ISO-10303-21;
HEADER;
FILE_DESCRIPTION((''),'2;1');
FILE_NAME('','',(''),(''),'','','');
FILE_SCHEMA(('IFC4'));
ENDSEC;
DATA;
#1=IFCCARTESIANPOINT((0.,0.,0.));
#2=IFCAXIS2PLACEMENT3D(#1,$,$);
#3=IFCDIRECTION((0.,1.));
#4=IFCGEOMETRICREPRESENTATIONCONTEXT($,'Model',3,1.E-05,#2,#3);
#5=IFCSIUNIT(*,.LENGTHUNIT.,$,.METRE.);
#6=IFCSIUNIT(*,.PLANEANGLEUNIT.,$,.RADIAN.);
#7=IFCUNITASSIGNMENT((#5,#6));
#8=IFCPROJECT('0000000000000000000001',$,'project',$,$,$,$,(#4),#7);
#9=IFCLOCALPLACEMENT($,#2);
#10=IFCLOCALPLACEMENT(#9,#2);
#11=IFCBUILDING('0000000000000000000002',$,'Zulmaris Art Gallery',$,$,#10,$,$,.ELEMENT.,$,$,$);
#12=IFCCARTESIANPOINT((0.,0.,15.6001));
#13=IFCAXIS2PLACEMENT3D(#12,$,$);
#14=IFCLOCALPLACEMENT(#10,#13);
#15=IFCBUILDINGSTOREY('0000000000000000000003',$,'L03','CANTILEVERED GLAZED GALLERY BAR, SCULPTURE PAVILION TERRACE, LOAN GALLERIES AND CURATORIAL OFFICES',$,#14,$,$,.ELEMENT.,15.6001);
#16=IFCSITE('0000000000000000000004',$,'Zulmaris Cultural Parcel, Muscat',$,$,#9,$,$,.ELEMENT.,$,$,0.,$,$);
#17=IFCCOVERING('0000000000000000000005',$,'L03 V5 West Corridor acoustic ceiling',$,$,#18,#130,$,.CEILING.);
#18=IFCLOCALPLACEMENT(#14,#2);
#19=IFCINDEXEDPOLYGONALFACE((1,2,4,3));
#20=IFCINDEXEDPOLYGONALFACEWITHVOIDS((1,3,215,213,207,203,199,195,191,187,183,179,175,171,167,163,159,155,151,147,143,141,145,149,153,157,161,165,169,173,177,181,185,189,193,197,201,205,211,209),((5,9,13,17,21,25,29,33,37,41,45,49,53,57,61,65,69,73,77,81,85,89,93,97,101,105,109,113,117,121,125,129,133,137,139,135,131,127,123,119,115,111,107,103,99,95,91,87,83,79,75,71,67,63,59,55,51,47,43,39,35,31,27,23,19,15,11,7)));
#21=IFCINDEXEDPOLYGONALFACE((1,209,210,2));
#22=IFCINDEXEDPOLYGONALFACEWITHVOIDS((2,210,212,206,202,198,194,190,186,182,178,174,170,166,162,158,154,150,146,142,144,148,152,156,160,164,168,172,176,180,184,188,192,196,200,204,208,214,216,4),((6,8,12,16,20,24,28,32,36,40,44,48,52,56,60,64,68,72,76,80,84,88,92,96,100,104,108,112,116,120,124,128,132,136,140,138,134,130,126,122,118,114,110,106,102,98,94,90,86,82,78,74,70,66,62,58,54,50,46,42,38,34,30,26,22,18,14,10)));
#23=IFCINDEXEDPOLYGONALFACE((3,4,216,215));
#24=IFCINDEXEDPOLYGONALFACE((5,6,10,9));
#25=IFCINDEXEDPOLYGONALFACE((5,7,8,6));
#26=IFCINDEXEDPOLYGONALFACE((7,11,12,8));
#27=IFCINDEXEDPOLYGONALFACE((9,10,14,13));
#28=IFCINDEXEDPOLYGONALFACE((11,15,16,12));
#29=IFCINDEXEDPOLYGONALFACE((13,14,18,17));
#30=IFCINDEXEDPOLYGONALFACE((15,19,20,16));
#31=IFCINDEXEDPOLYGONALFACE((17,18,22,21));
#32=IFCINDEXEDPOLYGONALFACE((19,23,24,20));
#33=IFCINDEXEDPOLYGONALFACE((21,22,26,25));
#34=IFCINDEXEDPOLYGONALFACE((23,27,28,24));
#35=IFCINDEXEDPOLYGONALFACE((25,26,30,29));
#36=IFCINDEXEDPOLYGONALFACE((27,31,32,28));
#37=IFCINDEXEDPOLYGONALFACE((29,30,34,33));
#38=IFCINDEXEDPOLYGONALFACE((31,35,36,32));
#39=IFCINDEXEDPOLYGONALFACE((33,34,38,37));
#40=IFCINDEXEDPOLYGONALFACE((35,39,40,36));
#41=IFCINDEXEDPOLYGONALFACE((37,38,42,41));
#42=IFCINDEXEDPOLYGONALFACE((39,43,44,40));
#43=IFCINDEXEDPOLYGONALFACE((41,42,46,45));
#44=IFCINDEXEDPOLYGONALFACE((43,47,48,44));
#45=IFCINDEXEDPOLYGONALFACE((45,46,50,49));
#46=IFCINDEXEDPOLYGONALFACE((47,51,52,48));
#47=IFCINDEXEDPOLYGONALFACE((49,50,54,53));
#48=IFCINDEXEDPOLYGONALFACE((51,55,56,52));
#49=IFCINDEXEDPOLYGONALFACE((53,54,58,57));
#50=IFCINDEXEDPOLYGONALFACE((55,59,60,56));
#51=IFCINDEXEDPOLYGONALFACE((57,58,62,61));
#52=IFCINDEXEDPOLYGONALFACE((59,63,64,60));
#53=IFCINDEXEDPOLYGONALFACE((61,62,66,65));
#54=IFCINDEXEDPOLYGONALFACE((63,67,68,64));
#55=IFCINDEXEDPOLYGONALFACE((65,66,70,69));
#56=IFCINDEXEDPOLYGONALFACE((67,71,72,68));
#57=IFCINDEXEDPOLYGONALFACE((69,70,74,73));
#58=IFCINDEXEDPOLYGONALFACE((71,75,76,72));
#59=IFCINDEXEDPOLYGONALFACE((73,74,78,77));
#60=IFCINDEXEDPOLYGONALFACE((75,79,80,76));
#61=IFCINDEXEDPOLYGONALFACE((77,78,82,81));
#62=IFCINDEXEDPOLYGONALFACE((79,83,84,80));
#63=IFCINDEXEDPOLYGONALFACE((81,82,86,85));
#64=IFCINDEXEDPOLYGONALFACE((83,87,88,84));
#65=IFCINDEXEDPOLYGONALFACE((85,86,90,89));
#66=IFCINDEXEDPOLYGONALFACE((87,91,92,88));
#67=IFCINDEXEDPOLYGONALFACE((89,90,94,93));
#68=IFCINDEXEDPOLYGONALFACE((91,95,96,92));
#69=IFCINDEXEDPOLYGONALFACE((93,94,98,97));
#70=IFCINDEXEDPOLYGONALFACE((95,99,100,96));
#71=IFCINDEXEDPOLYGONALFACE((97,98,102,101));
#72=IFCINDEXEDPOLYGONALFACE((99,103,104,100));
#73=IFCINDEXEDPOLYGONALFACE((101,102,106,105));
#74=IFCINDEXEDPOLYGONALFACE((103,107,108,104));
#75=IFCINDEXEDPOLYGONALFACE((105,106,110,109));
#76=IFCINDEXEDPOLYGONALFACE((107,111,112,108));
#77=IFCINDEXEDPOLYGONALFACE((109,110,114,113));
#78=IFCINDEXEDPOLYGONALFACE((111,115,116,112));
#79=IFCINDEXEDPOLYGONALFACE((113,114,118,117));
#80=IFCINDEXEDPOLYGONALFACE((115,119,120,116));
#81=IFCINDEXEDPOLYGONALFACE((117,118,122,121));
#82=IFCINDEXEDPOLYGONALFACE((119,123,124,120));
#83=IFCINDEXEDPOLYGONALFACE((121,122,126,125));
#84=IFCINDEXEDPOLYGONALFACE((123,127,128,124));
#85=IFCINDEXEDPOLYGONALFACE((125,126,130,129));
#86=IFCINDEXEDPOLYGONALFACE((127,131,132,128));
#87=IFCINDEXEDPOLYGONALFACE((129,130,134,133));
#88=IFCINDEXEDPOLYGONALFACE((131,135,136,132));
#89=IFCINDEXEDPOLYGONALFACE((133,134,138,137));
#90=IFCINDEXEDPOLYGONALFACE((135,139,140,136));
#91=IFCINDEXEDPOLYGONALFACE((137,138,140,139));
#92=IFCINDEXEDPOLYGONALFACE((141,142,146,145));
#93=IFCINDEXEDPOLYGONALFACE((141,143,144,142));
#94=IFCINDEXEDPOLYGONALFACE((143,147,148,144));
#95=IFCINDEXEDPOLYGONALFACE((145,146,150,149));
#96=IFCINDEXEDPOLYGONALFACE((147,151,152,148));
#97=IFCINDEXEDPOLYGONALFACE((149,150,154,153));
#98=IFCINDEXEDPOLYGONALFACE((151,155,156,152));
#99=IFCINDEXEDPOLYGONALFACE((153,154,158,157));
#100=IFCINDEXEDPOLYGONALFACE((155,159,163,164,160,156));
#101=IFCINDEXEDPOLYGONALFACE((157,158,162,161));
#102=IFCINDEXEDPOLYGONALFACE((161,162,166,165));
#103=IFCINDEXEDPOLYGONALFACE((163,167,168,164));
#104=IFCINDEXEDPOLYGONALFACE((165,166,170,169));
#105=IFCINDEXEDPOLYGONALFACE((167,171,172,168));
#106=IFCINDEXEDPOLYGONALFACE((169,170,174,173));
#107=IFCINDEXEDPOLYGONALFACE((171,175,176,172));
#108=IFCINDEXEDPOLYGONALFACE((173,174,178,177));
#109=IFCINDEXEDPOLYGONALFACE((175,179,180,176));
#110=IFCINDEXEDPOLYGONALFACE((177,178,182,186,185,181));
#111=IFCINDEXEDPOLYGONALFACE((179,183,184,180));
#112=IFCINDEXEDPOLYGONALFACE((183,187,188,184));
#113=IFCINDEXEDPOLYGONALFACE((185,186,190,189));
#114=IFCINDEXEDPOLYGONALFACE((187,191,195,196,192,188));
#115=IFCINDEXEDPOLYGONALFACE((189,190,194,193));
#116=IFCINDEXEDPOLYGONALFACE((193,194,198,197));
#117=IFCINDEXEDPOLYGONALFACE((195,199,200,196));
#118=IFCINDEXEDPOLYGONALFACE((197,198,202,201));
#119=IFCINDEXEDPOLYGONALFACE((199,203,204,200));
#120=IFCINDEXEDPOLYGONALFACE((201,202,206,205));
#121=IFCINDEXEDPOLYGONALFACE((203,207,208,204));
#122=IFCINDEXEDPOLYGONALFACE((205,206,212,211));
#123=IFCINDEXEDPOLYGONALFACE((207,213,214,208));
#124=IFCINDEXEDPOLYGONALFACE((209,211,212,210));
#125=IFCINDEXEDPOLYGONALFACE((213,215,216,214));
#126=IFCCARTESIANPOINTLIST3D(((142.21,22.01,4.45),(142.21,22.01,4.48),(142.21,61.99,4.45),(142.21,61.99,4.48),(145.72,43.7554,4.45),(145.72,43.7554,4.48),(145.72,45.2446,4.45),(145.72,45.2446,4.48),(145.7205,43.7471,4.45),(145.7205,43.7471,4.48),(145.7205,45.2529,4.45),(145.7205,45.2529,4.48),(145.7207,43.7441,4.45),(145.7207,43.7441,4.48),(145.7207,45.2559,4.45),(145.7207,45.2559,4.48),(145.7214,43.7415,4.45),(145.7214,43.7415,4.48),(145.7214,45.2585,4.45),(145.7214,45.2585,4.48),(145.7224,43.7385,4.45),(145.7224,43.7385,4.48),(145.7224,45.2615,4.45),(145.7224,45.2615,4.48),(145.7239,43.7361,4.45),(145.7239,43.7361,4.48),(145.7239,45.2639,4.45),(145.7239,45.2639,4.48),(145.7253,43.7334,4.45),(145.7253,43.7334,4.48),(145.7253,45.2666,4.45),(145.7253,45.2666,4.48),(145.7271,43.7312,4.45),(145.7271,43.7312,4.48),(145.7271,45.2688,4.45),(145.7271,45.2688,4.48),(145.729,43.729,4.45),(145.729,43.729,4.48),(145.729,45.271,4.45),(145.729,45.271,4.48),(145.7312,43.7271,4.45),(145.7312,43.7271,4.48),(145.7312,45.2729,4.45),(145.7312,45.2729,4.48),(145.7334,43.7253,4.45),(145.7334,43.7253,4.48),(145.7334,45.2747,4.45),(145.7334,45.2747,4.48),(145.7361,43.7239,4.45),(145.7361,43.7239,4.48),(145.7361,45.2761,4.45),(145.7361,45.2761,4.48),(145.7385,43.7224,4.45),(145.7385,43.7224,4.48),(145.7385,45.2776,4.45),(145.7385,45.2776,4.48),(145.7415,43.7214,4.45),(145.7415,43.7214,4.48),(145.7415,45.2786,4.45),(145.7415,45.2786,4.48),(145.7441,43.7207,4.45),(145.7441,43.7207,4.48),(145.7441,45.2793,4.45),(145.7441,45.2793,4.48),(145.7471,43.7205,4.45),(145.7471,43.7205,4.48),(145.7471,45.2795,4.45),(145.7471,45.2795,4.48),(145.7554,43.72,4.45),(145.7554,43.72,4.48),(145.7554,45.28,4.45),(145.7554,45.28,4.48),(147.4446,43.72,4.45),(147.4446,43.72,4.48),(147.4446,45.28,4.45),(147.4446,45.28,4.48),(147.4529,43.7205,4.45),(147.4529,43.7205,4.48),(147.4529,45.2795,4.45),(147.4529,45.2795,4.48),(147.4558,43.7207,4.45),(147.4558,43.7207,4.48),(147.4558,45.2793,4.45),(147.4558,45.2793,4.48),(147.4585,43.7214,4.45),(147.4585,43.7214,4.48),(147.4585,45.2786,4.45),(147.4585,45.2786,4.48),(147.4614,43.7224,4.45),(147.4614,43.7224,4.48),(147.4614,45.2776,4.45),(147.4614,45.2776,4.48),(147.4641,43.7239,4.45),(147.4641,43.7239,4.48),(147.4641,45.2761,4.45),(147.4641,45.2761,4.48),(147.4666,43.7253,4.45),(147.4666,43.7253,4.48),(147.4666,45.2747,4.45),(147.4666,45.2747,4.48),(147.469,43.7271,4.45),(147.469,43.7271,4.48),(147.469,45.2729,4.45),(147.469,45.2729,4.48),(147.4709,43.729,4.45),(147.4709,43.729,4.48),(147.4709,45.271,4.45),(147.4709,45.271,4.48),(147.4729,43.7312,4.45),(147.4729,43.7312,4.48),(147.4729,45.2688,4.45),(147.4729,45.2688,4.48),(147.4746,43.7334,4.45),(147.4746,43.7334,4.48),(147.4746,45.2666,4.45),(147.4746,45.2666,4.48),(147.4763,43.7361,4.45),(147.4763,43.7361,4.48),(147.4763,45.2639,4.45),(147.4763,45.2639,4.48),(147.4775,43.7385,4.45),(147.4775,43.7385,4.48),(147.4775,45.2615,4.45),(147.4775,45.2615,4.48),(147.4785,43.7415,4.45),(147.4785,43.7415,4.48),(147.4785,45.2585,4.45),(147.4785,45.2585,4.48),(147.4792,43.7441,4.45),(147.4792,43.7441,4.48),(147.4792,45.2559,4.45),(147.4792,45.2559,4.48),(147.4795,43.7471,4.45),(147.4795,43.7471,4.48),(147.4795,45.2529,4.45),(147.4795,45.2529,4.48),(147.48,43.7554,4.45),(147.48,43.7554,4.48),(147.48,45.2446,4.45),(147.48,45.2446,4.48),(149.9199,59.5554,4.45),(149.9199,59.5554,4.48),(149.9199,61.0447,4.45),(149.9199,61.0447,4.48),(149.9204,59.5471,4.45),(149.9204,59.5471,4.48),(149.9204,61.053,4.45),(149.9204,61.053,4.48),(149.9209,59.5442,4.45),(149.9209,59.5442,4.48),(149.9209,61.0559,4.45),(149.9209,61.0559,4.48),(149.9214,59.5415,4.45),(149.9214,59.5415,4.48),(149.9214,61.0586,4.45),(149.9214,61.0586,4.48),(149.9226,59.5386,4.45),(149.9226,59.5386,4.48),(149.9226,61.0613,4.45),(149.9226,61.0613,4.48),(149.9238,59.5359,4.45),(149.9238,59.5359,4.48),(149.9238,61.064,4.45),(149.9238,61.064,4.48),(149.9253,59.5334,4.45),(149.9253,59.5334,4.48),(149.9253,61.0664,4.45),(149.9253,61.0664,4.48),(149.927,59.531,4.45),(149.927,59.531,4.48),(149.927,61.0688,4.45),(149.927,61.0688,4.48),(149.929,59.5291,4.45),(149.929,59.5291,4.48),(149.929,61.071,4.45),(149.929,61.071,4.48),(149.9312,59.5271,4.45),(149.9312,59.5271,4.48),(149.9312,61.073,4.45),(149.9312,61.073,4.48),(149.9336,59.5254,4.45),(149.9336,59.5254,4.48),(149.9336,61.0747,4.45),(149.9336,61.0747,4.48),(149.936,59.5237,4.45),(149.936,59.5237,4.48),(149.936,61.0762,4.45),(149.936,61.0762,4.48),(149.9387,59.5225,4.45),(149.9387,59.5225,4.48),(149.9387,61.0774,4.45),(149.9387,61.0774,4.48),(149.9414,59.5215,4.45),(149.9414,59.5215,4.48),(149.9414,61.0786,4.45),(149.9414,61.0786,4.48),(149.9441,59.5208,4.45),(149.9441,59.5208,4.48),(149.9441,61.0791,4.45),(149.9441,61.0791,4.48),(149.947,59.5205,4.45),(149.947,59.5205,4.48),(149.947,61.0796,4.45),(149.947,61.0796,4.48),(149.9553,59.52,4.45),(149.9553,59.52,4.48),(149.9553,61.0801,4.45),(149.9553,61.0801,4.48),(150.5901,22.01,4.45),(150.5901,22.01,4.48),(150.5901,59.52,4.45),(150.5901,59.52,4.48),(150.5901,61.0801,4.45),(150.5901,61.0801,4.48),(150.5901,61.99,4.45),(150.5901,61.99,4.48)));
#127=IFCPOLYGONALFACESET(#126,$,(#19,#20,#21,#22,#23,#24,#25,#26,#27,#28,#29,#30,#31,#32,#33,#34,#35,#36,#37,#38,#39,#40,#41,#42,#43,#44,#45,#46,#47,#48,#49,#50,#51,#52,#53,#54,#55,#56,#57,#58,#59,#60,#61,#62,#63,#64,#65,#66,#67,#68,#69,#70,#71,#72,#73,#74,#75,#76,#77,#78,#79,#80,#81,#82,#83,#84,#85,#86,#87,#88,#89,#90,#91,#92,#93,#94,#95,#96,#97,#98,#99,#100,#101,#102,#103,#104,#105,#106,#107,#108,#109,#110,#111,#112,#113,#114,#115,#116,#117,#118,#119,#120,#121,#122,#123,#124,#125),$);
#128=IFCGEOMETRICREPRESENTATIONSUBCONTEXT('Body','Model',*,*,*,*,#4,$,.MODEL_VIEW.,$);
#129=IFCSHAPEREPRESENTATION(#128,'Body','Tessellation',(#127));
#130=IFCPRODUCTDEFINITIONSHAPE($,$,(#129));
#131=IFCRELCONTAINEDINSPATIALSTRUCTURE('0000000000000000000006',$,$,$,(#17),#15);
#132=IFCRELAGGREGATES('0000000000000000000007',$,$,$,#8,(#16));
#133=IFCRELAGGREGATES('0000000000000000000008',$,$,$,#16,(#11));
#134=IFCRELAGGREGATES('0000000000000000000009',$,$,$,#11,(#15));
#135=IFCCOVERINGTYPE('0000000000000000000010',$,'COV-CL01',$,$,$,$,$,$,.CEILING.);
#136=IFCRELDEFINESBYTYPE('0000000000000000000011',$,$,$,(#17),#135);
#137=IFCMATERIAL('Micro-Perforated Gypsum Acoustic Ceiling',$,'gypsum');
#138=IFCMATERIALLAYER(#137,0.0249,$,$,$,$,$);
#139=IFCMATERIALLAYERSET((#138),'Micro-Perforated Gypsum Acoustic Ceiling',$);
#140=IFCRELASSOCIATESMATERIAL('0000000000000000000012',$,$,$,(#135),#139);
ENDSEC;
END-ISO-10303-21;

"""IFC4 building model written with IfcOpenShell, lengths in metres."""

from ifc_helpers import new_model, si_unit, direction, frame, origin, place, context, subcontext, project, spatial, polyline, outline, extrude, material, layer, layer_set, type_object, element, save


model = new_model("IFC4")

# Units and contexts
model_context = context("Model", 3, precision=1e-05, world=origin(), true_north=direction((0.0, 1.0)))
body_context = subcontext(model_context, "Body", "Model", "MODEL_VIEW")
ifc_project = project(units=[si_unit("LENGTHUNIT", "METRE"), si_unit("PLANEANGLEUNIT", "RADIAN")], contexts=[model_context])

# Site, building, storey
site_placement = place(None, origin())
site = spatial("IfcSite", under=ifc_project, at=site_placement, Name="Zulmaris Cultural Parcel, Muscat", CompositionType="ELEMENT", RefElevation=0.0)
building_placement = place(site_placement, origin())
building = spatial("IfcBuilding", under=site, at=building_placement, Name="Zulmaris Art Gallery", CompositionType="ELEMENT")
storey_placement = place(building_placement, frame((0.0, 0.0, 15.6001)))
storey = spatial("IfcBuildingStorey", under=building, at=storey_placement, Name="L03", Description="CANTILEVERED GLAZED GALLERY BAR, SCULPTURE PAVILION TERRACE, LOAN GALLERIES AND CURATORIAL OFFICES", CompositionType="ELEMENT", Elevation=15.6001)

# Covering
ifc_material_1 = material(Name="Micro-Perforated Gypsum Acoustic Ceiling", Category="gypsum")
ifc_layer_1 = layer(ifc_material_1, 0.0249)
ifc_layer_set_1 = layer_set([ifc_layer_1], Name="Micro-Perforated Gypsum Acoustic Ceiling")
covering_type_1 = type_object("IfcCoveringType", Name="COV-CL01", PredefinedType="CEILING", material=ifc_layer_set_1)
covering_1_placement = place(storey_placement, frame((0.0, 0.0, 4.45)))
element("IfcCovering", 1, at=covering_1_placement, inside=storey, type_object=covering_type_1, Name="L03 V5 West Corridor acoustic ceiling", PredefinedType="CEILING", context=body_context, shape_type="SweptSolid", body=[
    extrude(outline(polyline([(149.9553, 61.0801), (149.947, 61.0796), (149.9441, 61.0791), (149.9414, 61.0786), (149.9387, 61.0774), (149.936, 61.0762), (149.9336, 61.0747), (149.9312, 61.073), (149.929, 61.071), (149.927, 61.0688), (149.9253, 61.0664), (149.9238, 61.064), (149.9226, 61.0613), (149.9214, 61.0586), (149.9209, 61.0559), (149.9204, 61.053), (149.9199, 61.0447), (149.9199, 59.5554), (149.9204, 59.5471), (149.9209, 59.5442), (149.9214, 59.5415), (149.9226, 59.5386), (149.9238, 59.5359), (149.9253, 59.5334), (149.927, 59.531), (149.929, 59.5291), (149.9312, 59.5271), (149.9336, 59.5254), (149.936, 59.5237), (149.9387, 59.5225), (149.9414, 59.5215), (149.9441, 59.5208), (149.947, 59.5205), (149.9553, 59.52), (150.5901, 59.52), (150.5901, 22.01), (142.21, 22.01), (142.21, 61.99), (150.5901, 61.99), (150.5901, 61.0801), (149.9553, 61.0801)]), holes=[polyline([(145.7214, 43.7415), (145.7224, 43.7385), (145.7239, 43.7361), (145.7253, 43.7334), (145.7271, 43.7312), (145.729, 43.729), (145.7312, 43.7271), (145.7334, 43.7253), (145.7361, 43.7239), (145.7385, 43.7224), (145.7415, 43.7214), (145.7441, 43.7207), (145.7471, 43.7205), (145.7554, 43.72), (147.4446, 43.72), (147.4529, 43.7205), (147.4558, 43.7207), (147.4585, 43.7214), (147.4614, 43.7224), (147.4641, 43.7239), (147.4666, 43.7253), (147.469, 43.7271), (147.4709, 43.729), (147.4729, 43.7312), (147.4746, 43.7334), (147.4763, 43.7361), (147.4775, 43.7385), (147.4785, 43.7415), (147.4792, 43.7441), (147.4795, 43.7471), (147.48, 43.7554), (147.48, 45.2446), (147.4795, 45.2529), (147.4792, 45.2559), (147.4785, 45.2585), (147.4775, 45.2615), (147.4763, 45.2639), (147.4746, 45.2666), (147.4729, 45.2688), (147.4709, 45.271), (147.469, 45.2729), (147.4666, 45.2747), (147.4641, 45.2761), (147.4614, 45.2776), (147.4585, 45.2786), (147.4558, 45.2793), (147.4529, 45.2795), (147.4446, 45.28), (145.7554, 45.28), (145.7471, 45.2795), (145.7441, 45.2793), (145.7415, 45.2786), (145.7385, 45.2776), (145.7361, 45.2761), (145.7334, 45.2747), (145.7312, 45.2729), (145.729, 45.271), (145.7271, 45.2688), (145.7253, 45.2666), (145.7239, 45.2639), (145.7224, 45.2615), (145.7214, 45.2585), (145.7207, 45.2559), (145.7205, 45.2529), (145.72, 45.2446), (145.72, 43.7554), (145.7205, 43.7471), (145.7207, 43.7441), (145.7214, 43.7415)])]), origin(), (0.0, 0.0, 1.0), 0.03),
])

save(model, "model.ifc")
